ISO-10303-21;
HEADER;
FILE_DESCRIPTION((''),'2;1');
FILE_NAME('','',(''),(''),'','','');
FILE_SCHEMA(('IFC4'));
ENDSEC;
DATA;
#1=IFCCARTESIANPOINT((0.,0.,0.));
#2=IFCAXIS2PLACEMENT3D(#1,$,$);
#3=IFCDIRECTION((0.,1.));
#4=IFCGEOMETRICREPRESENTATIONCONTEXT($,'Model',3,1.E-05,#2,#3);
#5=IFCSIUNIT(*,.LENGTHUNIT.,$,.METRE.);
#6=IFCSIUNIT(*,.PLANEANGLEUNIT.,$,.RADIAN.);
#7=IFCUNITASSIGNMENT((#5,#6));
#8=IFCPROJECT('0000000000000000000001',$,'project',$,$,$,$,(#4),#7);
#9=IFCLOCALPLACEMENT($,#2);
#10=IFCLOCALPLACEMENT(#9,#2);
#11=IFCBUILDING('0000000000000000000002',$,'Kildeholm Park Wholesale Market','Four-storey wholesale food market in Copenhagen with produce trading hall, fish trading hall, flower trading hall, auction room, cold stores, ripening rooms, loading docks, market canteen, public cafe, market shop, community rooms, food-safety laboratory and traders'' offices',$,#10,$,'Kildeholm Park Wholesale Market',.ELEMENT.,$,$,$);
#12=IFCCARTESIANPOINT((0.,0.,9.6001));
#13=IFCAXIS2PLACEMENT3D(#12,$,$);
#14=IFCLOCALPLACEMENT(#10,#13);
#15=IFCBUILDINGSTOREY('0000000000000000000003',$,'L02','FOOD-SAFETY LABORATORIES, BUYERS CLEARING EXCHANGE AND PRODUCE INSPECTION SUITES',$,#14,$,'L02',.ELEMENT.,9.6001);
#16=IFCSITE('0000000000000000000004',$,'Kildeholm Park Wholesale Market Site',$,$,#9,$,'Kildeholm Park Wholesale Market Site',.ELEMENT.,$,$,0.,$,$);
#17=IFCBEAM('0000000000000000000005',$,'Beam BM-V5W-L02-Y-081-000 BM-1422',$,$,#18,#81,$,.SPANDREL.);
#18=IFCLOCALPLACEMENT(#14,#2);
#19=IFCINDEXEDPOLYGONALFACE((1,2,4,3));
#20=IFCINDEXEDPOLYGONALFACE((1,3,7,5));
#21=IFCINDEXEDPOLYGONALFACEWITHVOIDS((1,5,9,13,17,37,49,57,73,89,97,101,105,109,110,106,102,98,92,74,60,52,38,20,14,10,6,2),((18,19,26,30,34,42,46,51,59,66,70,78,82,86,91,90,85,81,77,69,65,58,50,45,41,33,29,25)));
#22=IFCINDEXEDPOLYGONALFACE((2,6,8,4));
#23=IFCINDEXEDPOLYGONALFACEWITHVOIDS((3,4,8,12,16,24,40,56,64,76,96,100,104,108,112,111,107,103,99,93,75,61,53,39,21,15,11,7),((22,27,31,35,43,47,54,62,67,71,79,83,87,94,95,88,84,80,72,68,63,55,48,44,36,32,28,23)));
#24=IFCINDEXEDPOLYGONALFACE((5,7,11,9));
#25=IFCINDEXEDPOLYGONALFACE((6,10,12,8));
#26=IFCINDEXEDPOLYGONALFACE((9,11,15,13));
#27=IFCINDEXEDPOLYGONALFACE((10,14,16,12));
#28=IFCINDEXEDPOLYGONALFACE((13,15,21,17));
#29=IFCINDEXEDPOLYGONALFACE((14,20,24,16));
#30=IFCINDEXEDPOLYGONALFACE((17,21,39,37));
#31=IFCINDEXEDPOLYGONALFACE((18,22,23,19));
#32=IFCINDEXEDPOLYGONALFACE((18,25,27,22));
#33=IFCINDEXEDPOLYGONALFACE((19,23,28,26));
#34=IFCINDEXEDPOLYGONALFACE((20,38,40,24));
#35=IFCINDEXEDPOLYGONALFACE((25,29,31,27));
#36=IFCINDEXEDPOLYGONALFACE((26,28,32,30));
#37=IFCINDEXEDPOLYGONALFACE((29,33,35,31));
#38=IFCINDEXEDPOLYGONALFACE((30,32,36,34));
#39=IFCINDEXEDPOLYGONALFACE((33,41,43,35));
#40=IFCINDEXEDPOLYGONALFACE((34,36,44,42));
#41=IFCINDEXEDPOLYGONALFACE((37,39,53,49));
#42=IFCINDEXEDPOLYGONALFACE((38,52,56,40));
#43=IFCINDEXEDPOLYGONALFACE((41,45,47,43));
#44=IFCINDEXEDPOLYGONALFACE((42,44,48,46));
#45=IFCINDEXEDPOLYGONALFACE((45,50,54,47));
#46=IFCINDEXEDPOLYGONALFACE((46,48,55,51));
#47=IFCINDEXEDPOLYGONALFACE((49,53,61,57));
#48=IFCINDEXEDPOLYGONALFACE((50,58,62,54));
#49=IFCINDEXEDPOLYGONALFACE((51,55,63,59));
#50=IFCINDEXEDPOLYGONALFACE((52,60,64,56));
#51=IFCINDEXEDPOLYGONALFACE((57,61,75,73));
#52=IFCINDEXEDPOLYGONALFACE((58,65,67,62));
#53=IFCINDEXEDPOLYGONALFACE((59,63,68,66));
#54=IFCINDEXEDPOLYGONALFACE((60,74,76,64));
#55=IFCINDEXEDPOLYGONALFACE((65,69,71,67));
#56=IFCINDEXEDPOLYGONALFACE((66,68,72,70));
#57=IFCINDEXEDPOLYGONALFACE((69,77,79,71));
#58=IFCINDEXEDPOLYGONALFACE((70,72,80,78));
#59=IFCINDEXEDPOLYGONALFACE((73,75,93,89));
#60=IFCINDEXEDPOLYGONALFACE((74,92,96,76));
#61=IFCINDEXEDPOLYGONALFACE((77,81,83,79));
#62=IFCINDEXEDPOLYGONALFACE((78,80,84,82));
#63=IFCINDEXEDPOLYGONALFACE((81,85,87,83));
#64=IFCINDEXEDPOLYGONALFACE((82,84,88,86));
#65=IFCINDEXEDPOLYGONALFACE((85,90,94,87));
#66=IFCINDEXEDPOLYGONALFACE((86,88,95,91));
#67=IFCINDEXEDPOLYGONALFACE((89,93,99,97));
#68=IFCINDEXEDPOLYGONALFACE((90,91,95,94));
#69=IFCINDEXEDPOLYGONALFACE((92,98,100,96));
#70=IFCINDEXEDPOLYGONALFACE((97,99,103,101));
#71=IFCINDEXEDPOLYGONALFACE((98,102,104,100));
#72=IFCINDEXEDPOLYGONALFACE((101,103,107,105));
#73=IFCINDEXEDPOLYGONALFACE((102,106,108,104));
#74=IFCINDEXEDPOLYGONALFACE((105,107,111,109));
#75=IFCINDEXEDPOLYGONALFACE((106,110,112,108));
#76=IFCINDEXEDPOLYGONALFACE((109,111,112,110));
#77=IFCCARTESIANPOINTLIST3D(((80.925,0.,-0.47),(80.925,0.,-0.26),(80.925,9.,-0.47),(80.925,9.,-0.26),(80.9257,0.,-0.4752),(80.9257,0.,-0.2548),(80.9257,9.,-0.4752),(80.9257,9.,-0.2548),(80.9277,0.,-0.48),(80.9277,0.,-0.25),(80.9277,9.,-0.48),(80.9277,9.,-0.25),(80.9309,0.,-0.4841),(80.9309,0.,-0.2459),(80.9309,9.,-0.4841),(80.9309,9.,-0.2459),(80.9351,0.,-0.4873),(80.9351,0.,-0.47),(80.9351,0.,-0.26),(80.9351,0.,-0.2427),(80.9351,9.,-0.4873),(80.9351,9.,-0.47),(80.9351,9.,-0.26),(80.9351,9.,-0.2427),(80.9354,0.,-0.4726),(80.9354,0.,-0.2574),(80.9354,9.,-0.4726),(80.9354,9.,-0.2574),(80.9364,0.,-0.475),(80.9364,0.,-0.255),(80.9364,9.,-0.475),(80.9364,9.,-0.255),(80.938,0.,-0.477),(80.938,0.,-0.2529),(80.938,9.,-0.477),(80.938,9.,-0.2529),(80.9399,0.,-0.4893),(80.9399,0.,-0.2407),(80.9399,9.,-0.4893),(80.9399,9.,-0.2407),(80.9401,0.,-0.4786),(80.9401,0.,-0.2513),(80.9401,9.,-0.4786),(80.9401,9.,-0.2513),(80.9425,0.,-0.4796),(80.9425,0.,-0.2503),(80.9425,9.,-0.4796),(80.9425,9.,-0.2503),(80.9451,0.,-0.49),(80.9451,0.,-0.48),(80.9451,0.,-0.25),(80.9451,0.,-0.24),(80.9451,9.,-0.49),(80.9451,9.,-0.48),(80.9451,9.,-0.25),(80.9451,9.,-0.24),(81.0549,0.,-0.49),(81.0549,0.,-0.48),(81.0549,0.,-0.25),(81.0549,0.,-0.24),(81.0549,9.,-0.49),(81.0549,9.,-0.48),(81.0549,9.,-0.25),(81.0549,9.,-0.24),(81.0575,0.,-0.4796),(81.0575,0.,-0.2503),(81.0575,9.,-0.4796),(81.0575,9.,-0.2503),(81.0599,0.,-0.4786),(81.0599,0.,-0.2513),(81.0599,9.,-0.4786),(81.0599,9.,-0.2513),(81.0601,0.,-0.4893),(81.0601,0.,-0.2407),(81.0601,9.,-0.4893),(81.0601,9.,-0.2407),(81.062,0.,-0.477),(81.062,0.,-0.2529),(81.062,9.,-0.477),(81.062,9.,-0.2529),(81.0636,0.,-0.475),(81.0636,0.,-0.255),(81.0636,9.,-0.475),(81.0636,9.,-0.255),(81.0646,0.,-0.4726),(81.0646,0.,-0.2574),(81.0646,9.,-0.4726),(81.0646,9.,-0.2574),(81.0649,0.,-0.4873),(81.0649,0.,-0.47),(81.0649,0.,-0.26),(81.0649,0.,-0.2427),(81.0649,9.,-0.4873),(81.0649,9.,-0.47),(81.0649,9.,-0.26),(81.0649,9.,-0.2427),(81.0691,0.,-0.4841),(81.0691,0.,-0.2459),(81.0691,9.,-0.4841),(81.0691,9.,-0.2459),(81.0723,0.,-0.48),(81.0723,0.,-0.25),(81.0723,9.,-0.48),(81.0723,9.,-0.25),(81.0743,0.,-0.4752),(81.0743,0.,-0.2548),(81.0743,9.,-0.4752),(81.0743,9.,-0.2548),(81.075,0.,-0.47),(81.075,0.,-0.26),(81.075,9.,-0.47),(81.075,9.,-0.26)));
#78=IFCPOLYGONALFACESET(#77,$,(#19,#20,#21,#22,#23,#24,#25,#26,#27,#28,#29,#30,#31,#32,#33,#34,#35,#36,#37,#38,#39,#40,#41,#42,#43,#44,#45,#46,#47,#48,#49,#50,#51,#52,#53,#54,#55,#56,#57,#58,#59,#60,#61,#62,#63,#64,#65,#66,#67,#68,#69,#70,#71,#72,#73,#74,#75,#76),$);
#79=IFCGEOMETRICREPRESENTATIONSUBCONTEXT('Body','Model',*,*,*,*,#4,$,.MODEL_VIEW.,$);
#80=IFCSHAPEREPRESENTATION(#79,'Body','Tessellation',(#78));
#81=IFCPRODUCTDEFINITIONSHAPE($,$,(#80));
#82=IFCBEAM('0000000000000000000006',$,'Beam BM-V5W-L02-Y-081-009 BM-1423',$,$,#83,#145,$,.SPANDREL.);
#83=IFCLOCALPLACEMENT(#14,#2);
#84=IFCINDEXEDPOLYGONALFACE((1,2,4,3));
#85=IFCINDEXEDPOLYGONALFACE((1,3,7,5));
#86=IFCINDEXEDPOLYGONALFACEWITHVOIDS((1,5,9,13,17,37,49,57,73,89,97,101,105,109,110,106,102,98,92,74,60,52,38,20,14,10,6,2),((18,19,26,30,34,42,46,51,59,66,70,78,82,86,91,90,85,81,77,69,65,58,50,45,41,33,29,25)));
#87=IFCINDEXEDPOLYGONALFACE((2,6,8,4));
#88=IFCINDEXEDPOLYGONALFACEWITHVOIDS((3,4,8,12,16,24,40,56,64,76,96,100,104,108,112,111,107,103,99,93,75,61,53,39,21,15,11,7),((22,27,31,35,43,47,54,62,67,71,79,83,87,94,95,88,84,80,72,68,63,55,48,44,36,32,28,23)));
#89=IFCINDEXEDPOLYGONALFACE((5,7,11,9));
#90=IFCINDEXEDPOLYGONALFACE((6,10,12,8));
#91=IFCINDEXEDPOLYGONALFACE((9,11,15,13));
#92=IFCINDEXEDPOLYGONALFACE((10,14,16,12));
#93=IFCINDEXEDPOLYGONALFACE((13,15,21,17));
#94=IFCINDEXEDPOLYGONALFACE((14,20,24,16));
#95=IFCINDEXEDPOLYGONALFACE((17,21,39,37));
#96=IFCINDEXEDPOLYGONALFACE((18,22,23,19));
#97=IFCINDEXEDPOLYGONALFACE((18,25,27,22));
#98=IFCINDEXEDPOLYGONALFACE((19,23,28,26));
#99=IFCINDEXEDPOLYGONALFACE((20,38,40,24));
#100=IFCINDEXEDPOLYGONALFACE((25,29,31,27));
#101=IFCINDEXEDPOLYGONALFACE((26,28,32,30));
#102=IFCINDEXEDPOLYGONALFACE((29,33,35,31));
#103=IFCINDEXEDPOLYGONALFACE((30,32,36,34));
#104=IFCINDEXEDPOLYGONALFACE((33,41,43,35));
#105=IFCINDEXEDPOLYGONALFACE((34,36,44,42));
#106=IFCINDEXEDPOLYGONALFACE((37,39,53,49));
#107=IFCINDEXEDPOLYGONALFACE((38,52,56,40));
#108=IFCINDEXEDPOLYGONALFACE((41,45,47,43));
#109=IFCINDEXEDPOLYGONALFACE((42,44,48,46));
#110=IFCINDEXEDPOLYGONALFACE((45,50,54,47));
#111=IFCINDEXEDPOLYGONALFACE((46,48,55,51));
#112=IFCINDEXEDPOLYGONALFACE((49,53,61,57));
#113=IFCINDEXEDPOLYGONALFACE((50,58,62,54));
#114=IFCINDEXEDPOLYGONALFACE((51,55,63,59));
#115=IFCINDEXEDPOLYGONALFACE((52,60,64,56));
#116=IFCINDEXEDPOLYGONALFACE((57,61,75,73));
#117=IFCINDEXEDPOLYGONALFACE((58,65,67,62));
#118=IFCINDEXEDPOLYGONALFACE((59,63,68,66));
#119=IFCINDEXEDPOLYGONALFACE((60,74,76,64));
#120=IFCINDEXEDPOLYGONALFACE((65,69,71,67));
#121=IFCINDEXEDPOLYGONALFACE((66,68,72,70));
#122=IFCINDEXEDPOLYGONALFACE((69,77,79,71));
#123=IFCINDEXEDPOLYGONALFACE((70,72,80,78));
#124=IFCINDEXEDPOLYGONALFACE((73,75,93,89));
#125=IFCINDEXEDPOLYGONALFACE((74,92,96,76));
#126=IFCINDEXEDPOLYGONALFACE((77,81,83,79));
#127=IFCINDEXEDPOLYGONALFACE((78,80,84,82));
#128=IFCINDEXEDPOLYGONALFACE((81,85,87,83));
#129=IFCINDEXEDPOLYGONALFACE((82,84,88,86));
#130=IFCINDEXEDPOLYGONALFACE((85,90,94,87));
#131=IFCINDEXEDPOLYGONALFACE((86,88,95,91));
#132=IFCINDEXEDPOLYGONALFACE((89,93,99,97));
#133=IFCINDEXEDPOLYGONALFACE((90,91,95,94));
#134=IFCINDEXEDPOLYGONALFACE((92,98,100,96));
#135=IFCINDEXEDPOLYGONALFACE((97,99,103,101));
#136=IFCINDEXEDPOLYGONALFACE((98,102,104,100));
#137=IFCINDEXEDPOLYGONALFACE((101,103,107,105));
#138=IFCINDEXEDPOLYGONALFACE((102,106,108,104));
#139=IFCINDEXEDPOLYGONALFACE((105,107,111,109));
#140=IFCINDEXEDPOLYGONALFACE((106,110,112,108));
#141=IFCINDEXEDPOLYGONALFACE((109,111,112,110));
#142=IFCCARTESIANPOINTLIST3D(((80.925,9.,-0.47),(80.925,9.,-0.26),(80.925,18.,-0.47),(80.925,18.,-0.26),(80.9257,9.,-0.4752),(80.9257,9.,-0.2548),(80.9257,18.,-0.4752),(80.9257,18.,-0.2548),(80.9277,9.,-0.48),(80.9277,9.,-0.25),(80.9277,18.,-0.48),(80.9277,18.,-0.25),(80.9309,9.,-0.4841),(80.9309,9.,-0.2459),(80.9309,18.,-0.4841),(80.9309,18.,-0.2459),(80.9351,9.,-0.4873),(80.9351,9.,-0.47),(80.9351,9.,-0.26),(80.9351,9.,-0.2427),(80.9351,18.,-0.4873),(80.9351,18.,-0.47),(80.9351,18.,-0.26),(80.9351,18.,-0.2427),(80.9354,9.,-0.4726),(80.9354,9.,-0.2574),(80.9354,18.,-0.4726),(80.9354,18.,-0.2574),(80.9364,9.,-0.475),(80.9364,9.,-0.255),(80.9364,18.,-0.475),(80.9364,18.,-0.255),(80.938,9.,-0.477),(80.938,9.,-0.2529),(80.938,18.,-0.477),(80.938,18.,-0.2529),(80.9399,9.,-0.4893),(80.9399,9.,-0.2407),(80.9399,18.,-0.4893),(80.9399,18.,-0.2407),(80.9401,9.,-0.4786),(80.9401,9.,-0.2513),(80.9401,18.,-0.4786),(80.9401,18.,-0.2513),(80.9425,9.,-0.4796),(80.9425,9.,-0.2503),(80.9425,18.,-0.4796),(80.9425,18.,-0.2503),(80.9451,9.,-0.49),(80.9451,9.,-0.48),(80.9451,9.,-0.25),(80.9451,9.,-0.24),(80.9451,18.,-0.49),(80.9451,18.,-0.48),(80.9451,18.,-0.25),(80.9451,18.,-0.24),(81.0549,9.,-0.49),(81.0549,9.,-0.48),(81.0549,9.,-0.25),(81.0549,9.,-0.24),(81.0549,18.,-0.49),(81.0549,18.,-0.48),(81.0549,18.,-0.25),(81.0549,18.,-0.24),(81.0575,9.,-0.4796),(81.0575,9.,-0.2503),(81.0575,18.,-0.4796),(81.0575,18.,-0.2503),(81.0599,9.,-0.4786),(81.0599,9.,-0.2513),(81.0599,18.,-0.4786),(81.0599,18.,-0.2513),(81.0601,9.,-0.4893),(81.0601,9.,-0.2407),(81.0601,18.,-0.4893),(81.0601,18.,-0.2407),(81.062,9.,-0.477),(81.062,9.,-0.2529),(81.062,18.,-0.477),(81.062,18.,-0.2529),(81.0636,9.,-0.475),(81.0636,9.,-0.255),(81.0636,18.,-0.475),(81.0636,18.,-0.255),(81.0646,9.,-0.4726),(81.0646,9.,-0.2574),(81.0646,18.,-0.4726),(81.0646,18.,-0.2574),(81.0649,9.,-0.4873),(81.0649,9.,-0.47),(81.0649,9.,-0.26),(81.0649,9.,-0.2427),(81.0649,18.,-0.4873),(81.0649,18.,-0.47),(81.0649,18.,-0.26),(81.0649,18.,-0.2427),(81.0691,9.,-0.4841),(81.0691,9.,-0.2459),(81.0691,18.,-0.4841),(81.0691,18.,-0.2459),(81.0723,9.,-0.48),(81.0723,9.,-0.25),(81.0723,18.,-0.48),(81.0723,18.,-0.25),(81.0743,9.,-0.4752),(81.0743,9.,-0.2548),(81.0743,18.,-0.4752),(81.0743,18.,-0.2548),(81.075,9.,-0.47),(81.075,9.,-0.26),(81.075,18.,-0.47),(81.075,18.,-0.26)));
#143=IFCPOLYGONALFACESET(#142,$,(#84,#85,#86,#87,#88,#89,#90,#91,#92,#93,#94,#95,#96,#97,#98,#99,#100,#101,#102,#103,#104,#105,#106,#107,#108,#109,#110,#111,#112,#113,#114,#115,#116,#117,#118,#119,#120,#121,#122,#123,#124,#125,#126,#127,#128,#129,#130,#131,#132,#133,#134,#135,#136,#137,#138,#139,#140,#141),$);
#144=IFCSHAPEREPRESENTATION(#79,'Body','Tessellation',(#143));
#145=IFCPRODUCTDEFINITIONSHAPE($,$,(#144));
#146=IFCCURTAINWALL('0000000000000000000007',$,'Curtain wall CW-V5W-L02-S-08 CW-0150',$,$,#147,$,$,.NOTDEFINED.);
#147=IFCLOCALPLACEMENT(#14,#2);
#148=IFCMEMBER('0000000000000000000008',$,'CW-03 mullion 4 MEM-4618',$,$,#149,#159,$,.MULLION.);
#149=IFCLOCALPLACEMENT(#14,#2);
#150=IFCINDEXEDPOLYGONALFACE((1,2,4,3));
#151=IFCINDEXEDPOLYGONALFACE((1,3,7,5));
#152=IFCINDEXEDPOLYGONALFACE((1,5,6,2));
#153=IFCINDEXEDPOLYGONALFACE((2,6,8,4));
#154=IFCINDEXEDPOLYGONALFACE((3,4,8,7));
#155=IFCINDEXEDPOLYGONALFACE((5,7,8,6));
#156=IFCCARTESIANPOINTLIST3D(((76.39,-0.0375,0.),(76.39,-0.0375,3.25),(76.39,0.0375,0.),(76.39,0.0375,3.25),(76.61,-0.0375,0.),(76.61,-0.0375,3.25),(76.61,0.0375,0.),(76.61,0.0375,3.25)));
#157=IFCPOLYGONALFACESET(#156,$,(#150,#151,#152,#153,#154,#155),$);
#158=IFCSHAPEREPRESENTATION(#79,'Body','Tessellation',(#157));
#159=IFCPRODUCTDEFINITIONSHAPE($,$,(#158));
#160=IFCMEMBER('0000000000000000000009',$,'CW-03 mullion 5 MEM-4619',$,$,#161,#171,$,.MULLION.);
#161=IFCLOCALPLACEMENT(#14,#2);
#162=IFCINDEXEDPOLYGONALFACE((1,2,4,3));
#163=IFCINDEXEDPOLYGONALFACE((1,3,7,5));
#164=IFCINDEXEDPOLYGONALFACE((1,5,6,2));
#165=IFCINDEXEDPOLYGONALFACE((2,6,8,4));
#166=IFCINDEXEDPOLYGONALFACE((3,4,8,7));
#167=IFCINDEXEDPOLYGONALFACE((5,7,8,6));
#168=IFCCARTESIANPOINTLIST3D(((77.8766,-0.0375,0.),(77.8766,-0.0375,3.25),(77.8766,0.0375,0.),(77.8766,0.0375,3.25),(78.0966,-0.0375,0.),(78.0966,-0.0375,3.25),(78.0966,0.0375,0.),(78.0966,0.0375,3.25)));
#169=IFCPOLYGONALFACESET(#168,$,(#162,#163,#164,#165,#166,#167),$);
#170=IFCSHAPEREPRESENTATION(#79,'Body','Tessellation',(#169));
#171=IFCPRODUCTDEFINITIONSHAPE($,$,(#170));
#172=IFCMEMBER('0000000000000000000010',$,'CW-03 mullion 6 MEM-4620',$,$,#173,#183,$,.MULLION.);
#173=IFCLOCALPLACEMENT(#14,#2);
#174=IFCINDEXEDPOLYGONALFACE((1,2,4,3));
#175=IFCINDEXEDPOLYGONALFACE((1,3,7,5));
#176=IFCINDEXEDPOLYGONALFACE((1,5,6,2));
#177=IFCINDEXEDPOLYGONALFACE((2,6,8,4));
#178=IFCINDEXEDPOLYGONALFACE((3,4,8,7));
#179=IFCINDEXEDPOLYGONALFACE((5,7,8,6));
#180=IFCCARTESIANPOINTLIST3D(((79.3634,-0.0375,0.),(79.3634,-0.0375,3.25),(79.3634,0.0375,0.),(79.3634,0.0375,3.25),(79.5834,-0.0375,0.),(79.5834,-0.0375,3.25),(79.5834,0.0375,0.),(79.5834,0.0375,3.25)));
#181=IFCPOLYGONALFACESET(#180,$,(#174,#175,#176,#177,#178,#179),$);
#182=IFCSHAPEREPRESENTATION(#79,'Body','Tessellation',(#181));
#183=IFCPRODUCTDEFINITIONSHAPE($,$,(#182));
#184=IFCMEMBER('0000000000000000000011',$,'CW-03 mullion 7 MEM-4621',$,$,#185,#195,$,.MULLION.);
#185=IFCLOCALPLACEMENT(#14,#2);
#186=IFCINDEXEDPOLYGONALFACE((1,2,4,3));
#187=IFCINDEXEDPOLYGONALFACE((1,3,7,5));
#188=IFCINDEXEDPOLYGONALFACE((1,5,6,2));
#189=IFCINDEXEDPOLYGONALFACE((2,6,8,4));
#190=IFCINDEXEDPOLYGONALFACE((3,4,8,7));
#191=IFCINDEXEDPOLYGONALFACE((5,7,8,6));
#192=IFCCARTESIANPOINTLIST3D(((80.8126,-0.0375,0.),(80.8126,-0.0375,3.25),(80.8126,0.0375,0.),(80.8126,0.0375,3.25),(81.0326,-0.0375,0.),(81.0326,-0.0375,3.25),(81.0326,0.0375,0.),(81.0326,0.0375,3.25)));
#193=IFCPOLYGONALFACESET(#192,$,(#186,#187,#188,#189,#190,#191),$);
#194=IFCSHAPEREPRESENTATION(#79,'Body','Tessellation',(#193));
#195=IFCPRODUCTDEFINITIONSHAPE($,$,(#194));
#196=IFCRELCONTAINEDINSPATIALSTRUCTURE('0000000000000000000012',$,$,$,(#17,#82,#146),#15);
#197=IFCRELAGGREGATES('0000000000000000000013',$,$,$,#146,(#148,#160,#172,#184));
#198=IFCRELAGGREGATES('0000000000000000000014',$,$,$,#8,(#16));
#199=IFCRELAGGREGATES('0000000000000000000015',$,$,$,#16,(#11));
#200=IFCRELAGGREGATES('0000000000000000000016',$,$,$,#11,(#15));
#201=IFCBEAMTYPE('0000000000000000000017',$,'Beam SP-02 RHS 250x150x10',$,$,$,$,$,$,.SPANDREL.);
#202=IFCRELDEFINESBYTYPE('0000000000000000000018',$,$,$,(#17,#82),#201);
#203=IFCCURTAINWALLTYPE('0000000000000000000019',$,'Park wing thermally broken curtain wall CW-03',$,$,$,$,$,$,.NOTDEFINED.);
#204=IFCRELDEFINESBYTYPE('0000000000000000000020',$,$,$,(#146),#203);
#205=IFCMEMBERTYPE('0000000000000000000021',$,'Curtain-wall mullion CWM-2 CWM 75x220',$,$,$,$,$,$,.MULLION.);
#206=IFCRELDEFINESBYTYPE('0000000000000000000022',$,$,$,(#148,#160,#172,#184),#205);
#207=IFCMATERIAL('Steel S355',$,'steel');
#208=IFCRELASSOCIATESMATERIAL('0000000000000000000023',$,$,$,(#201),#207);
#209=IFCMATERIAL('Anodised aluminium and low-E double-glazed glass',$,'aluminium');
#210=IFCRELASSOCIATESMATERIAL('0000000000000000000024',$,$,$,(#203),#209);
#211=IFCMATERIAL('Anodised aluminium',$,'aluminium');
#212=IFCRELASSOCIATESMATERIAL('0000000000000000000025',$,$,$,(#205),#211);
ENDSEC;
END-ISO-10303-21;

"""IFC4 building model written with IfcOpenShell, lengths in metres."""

from ifc_helpers import new_model, si_unit, direction, frame, origin, origin_2d, place, context, subcontext, project, spatial, rectangle, hollow_rectangle, extrude, material, material_profile, profile_set, type_object, element, aggregate, save


model = new_model("IFC4")

# Units and contexts
model_context = context("Model", 3, precision=1e-05, world=origin(), true_north=direction((0.0, 1.0)))
body_context = subcontext(model_context, "Body", "Model", "MODEL_VIEW")
ifc_project = project(units=[si_unit("LENGTHUNIT", "METRE"), si_unit("PLANEANGLEUNIT", "RADIAN")], contexts=[model_context])

# Site, building, storey
site_placement = place(None, origin())
site = spatial("IfcSite", under=ifc_project, at=site_placement, Name="Kildeholm Park Wholesale Market Site", LongName="Kildeholm Park Wholesale Market Site", CompositionType="ELEMENT", RefElevation=0.0)
building_placement = place(site_placement, origin())
building = spatial("IfcBuilding", under=site, at=building_placement, Name="Kildeholm Park Wholesale Market", Description="Four-storey wholesale food market in Copenhagen with produce trading hall, fish trading hall, flower trading hall, auction room, cold stores, ripening rooms, loading docks, market canteen, public cafe, market shop, community rooms, food-safety laboratory and traders' offices", LongName="Kildeholm Park Wholesale Market", CompositionType="ELEMENT")
storey_placement = place(building_placement, frame((0.0, 0.0, 9.6001)))
storey = spatial("IfcBuildingStorey", under=building, at=storey_placement, Name="L02", Description="FOOD-SAFETY LABORATORIES, BUYERS CLEARING EXCHANGE AND PRODUCE INSPECTION SUITES", LongName="L02", CompositionType="ELEMENT", Elevation=9.6001)

# Shared definitions
ifc_material_1 = material(Name="Steel S355", Category="steel")

# Beams
ifc_material_profile_1 = material_profile(ifc_material_1, hollow_rectangle(XDim=0.1499, YDim=0.25, WallThickness=0.01, InnerFilletRadius=0.01, OuterFilletRadius=0.02, at=origin_2d()), Name="RHS 250x150x10")
ifc_profile_set_1 = profile_set([ifc_material_profile_1], Name="Steel S355")
beam_type_1 = type_object("IfcBeamType", Name="Beam SP-02 RHS 250x150x10", PredefinedType="SPANDREL", material=ifc_profile_set_1)
for number, where, z_axis, x_axis, name in (
    (1, (81.0, 0.0, -0.365), (0.0, 1.0, 0.0), (-1.0, 0.0, 0.0), "Beam BM-V5W-L02-Y-081-000 BM-1422"),
    (2, (81.0, 9.0, -0.365), (0.0, 1.0, 0.0), (-1.0, 0.0, 0.0), "Beam BM-V5W-L02-Y-081-009 BM-1423"),
):
    element("IfcBeam", number, at=place(storey_placement, frame(where, z_axis=z_axis, x_axis=x_axis)), inside=storey, type_object=beam_type_1, Name=name, PredefinedType="SPANDREL", context=body_context, shape_type="SweptSolid", body=[
        extrude(hollow_rectangle(XDim=0.1499, YDim=0.25, WallThickness=0.01, InnerFilletRadius=0.01, OuterFilletRadius=0.02, at=origin_2d()), origin(), (0.0, 0.0, 1.0), 9.0),
    ])

# Curtain wall, members
ifc_material_2 = material(Name="Anodised aluminium and low-E double-glazed glass", Category="aluminium")
curtain_wall_type = type_object("IfcCurtainWallType", Name="Park wing thermally broken curtain wall CW-03", PredefinedType="NOTDEFINED", material=ifc_material_2)
curtain_wall_placement = place(storey_placement, origin())
curtain_wall = element("IfcCurtainWall", 3, at=curtain_wall_placement, inside=storey, type_object=curtain_wall_type, Name="Curtain wall CW-V5W-L02-S-08 CW-0150", PredefinedType="NOTDEFINED")
ifc_material_3 = material(Name="Anodised aluminium", Category="aluminium")
ifc_material_profile_2 = material_profile(ifc_material_3, rectangle(XDim=0.075, YDim=0.22, at=origin_2d()), Name="CWM 75x220")
ifc_profile_set_2 = profile_set([ifc_material_profile_2], Name="Anodised aluminium")
member_type_1 = type_object("IfcMemberType", Name="Curtain-wall mullion CWM-2 CWM 75x220", PredefinedType="MULLION", material=ifc_profile_set_2)
member_1_placement = place(storey_placement, frame((76.5, 0.0, 0.0), z_axis=(0.0, 0.0, 1.0), x_axis=(0.0, 1.0, 0.0)))
member_1 = element("IfcMember", 4, at=member_1_placement, type_object=member_type_1, Name="CW-03 mullion 4 MEM-4618", PredefinedType="MULLION", context=body_context, shape_type="SweptSolid", body=[
    extrude(rectangle(XDim=0.075, YDim=0.22, at=origin_2d()), origin(), (0.0, 0.0, 1.0), 3.25),
])
member_2_placement = place(storey_placement, frame((77.9866, 0.0, 0.0), z_axis=(0.0, 0.0, 1.0), x_axis=(0.0, 1.0, 0.0)))
member_2 = element("IfcMember", 5, at=member_2_placement, type_object=member_type_1, Name="CW-03 mullion 5 MEM-4619", PredefinedType="MULLION", context=body_context, shape_type="SweptSolid", body=[
    extrude(rectangle(XDim=0.075, YDim=0.22, at=origin_2d()), origin(), (0.0, 0.0, 1.0), 3.25),
])
member_3_placement = place(storey_placement, frame((79.4734, 0.0, 0.0), z_axis=(0.0, 0.0, 1.0), x_axis=(0.0, 1.0, 0.0)))
member_3 = element("IfcMember", 6, at=member_3_placement, type_object=member_type_1, Name="CW-03 mullion 6 MEM-4620", PredefinedType="MULLION", context=body_context, shape_type="SweptSolid", body=[
    extrude(rectangle(XDim=0.075, YDim=0.22, at=origin_2d()), origin(), (0.0, 0.0, 1.0), 3.25),
])
member_4_placement = place(storey_placement, frame((80.9226, 0.0, 0.0), z_axis=(0.0, 0.0, 1.0), x_axis=(0.0, 1.0, 0.0)))
member_4 = element("IfcMember", 7, at=member_4_placement, type_object=member_type_1, Name="CW-03 mullion 7 MEM-4621", PredefinedType="MULLION", context=body_context, shape_type="SweptSolid", body=[
    extrude(rectangle(XDim=0.075, YDim=0.22, at=origin_2d()), origin(), (0.0, 0.0, 1.0), 3.25),
])
aggregate(curtain_wall, [member_1, member_2, member_3, member_4])

save(model, "model.ifc")
